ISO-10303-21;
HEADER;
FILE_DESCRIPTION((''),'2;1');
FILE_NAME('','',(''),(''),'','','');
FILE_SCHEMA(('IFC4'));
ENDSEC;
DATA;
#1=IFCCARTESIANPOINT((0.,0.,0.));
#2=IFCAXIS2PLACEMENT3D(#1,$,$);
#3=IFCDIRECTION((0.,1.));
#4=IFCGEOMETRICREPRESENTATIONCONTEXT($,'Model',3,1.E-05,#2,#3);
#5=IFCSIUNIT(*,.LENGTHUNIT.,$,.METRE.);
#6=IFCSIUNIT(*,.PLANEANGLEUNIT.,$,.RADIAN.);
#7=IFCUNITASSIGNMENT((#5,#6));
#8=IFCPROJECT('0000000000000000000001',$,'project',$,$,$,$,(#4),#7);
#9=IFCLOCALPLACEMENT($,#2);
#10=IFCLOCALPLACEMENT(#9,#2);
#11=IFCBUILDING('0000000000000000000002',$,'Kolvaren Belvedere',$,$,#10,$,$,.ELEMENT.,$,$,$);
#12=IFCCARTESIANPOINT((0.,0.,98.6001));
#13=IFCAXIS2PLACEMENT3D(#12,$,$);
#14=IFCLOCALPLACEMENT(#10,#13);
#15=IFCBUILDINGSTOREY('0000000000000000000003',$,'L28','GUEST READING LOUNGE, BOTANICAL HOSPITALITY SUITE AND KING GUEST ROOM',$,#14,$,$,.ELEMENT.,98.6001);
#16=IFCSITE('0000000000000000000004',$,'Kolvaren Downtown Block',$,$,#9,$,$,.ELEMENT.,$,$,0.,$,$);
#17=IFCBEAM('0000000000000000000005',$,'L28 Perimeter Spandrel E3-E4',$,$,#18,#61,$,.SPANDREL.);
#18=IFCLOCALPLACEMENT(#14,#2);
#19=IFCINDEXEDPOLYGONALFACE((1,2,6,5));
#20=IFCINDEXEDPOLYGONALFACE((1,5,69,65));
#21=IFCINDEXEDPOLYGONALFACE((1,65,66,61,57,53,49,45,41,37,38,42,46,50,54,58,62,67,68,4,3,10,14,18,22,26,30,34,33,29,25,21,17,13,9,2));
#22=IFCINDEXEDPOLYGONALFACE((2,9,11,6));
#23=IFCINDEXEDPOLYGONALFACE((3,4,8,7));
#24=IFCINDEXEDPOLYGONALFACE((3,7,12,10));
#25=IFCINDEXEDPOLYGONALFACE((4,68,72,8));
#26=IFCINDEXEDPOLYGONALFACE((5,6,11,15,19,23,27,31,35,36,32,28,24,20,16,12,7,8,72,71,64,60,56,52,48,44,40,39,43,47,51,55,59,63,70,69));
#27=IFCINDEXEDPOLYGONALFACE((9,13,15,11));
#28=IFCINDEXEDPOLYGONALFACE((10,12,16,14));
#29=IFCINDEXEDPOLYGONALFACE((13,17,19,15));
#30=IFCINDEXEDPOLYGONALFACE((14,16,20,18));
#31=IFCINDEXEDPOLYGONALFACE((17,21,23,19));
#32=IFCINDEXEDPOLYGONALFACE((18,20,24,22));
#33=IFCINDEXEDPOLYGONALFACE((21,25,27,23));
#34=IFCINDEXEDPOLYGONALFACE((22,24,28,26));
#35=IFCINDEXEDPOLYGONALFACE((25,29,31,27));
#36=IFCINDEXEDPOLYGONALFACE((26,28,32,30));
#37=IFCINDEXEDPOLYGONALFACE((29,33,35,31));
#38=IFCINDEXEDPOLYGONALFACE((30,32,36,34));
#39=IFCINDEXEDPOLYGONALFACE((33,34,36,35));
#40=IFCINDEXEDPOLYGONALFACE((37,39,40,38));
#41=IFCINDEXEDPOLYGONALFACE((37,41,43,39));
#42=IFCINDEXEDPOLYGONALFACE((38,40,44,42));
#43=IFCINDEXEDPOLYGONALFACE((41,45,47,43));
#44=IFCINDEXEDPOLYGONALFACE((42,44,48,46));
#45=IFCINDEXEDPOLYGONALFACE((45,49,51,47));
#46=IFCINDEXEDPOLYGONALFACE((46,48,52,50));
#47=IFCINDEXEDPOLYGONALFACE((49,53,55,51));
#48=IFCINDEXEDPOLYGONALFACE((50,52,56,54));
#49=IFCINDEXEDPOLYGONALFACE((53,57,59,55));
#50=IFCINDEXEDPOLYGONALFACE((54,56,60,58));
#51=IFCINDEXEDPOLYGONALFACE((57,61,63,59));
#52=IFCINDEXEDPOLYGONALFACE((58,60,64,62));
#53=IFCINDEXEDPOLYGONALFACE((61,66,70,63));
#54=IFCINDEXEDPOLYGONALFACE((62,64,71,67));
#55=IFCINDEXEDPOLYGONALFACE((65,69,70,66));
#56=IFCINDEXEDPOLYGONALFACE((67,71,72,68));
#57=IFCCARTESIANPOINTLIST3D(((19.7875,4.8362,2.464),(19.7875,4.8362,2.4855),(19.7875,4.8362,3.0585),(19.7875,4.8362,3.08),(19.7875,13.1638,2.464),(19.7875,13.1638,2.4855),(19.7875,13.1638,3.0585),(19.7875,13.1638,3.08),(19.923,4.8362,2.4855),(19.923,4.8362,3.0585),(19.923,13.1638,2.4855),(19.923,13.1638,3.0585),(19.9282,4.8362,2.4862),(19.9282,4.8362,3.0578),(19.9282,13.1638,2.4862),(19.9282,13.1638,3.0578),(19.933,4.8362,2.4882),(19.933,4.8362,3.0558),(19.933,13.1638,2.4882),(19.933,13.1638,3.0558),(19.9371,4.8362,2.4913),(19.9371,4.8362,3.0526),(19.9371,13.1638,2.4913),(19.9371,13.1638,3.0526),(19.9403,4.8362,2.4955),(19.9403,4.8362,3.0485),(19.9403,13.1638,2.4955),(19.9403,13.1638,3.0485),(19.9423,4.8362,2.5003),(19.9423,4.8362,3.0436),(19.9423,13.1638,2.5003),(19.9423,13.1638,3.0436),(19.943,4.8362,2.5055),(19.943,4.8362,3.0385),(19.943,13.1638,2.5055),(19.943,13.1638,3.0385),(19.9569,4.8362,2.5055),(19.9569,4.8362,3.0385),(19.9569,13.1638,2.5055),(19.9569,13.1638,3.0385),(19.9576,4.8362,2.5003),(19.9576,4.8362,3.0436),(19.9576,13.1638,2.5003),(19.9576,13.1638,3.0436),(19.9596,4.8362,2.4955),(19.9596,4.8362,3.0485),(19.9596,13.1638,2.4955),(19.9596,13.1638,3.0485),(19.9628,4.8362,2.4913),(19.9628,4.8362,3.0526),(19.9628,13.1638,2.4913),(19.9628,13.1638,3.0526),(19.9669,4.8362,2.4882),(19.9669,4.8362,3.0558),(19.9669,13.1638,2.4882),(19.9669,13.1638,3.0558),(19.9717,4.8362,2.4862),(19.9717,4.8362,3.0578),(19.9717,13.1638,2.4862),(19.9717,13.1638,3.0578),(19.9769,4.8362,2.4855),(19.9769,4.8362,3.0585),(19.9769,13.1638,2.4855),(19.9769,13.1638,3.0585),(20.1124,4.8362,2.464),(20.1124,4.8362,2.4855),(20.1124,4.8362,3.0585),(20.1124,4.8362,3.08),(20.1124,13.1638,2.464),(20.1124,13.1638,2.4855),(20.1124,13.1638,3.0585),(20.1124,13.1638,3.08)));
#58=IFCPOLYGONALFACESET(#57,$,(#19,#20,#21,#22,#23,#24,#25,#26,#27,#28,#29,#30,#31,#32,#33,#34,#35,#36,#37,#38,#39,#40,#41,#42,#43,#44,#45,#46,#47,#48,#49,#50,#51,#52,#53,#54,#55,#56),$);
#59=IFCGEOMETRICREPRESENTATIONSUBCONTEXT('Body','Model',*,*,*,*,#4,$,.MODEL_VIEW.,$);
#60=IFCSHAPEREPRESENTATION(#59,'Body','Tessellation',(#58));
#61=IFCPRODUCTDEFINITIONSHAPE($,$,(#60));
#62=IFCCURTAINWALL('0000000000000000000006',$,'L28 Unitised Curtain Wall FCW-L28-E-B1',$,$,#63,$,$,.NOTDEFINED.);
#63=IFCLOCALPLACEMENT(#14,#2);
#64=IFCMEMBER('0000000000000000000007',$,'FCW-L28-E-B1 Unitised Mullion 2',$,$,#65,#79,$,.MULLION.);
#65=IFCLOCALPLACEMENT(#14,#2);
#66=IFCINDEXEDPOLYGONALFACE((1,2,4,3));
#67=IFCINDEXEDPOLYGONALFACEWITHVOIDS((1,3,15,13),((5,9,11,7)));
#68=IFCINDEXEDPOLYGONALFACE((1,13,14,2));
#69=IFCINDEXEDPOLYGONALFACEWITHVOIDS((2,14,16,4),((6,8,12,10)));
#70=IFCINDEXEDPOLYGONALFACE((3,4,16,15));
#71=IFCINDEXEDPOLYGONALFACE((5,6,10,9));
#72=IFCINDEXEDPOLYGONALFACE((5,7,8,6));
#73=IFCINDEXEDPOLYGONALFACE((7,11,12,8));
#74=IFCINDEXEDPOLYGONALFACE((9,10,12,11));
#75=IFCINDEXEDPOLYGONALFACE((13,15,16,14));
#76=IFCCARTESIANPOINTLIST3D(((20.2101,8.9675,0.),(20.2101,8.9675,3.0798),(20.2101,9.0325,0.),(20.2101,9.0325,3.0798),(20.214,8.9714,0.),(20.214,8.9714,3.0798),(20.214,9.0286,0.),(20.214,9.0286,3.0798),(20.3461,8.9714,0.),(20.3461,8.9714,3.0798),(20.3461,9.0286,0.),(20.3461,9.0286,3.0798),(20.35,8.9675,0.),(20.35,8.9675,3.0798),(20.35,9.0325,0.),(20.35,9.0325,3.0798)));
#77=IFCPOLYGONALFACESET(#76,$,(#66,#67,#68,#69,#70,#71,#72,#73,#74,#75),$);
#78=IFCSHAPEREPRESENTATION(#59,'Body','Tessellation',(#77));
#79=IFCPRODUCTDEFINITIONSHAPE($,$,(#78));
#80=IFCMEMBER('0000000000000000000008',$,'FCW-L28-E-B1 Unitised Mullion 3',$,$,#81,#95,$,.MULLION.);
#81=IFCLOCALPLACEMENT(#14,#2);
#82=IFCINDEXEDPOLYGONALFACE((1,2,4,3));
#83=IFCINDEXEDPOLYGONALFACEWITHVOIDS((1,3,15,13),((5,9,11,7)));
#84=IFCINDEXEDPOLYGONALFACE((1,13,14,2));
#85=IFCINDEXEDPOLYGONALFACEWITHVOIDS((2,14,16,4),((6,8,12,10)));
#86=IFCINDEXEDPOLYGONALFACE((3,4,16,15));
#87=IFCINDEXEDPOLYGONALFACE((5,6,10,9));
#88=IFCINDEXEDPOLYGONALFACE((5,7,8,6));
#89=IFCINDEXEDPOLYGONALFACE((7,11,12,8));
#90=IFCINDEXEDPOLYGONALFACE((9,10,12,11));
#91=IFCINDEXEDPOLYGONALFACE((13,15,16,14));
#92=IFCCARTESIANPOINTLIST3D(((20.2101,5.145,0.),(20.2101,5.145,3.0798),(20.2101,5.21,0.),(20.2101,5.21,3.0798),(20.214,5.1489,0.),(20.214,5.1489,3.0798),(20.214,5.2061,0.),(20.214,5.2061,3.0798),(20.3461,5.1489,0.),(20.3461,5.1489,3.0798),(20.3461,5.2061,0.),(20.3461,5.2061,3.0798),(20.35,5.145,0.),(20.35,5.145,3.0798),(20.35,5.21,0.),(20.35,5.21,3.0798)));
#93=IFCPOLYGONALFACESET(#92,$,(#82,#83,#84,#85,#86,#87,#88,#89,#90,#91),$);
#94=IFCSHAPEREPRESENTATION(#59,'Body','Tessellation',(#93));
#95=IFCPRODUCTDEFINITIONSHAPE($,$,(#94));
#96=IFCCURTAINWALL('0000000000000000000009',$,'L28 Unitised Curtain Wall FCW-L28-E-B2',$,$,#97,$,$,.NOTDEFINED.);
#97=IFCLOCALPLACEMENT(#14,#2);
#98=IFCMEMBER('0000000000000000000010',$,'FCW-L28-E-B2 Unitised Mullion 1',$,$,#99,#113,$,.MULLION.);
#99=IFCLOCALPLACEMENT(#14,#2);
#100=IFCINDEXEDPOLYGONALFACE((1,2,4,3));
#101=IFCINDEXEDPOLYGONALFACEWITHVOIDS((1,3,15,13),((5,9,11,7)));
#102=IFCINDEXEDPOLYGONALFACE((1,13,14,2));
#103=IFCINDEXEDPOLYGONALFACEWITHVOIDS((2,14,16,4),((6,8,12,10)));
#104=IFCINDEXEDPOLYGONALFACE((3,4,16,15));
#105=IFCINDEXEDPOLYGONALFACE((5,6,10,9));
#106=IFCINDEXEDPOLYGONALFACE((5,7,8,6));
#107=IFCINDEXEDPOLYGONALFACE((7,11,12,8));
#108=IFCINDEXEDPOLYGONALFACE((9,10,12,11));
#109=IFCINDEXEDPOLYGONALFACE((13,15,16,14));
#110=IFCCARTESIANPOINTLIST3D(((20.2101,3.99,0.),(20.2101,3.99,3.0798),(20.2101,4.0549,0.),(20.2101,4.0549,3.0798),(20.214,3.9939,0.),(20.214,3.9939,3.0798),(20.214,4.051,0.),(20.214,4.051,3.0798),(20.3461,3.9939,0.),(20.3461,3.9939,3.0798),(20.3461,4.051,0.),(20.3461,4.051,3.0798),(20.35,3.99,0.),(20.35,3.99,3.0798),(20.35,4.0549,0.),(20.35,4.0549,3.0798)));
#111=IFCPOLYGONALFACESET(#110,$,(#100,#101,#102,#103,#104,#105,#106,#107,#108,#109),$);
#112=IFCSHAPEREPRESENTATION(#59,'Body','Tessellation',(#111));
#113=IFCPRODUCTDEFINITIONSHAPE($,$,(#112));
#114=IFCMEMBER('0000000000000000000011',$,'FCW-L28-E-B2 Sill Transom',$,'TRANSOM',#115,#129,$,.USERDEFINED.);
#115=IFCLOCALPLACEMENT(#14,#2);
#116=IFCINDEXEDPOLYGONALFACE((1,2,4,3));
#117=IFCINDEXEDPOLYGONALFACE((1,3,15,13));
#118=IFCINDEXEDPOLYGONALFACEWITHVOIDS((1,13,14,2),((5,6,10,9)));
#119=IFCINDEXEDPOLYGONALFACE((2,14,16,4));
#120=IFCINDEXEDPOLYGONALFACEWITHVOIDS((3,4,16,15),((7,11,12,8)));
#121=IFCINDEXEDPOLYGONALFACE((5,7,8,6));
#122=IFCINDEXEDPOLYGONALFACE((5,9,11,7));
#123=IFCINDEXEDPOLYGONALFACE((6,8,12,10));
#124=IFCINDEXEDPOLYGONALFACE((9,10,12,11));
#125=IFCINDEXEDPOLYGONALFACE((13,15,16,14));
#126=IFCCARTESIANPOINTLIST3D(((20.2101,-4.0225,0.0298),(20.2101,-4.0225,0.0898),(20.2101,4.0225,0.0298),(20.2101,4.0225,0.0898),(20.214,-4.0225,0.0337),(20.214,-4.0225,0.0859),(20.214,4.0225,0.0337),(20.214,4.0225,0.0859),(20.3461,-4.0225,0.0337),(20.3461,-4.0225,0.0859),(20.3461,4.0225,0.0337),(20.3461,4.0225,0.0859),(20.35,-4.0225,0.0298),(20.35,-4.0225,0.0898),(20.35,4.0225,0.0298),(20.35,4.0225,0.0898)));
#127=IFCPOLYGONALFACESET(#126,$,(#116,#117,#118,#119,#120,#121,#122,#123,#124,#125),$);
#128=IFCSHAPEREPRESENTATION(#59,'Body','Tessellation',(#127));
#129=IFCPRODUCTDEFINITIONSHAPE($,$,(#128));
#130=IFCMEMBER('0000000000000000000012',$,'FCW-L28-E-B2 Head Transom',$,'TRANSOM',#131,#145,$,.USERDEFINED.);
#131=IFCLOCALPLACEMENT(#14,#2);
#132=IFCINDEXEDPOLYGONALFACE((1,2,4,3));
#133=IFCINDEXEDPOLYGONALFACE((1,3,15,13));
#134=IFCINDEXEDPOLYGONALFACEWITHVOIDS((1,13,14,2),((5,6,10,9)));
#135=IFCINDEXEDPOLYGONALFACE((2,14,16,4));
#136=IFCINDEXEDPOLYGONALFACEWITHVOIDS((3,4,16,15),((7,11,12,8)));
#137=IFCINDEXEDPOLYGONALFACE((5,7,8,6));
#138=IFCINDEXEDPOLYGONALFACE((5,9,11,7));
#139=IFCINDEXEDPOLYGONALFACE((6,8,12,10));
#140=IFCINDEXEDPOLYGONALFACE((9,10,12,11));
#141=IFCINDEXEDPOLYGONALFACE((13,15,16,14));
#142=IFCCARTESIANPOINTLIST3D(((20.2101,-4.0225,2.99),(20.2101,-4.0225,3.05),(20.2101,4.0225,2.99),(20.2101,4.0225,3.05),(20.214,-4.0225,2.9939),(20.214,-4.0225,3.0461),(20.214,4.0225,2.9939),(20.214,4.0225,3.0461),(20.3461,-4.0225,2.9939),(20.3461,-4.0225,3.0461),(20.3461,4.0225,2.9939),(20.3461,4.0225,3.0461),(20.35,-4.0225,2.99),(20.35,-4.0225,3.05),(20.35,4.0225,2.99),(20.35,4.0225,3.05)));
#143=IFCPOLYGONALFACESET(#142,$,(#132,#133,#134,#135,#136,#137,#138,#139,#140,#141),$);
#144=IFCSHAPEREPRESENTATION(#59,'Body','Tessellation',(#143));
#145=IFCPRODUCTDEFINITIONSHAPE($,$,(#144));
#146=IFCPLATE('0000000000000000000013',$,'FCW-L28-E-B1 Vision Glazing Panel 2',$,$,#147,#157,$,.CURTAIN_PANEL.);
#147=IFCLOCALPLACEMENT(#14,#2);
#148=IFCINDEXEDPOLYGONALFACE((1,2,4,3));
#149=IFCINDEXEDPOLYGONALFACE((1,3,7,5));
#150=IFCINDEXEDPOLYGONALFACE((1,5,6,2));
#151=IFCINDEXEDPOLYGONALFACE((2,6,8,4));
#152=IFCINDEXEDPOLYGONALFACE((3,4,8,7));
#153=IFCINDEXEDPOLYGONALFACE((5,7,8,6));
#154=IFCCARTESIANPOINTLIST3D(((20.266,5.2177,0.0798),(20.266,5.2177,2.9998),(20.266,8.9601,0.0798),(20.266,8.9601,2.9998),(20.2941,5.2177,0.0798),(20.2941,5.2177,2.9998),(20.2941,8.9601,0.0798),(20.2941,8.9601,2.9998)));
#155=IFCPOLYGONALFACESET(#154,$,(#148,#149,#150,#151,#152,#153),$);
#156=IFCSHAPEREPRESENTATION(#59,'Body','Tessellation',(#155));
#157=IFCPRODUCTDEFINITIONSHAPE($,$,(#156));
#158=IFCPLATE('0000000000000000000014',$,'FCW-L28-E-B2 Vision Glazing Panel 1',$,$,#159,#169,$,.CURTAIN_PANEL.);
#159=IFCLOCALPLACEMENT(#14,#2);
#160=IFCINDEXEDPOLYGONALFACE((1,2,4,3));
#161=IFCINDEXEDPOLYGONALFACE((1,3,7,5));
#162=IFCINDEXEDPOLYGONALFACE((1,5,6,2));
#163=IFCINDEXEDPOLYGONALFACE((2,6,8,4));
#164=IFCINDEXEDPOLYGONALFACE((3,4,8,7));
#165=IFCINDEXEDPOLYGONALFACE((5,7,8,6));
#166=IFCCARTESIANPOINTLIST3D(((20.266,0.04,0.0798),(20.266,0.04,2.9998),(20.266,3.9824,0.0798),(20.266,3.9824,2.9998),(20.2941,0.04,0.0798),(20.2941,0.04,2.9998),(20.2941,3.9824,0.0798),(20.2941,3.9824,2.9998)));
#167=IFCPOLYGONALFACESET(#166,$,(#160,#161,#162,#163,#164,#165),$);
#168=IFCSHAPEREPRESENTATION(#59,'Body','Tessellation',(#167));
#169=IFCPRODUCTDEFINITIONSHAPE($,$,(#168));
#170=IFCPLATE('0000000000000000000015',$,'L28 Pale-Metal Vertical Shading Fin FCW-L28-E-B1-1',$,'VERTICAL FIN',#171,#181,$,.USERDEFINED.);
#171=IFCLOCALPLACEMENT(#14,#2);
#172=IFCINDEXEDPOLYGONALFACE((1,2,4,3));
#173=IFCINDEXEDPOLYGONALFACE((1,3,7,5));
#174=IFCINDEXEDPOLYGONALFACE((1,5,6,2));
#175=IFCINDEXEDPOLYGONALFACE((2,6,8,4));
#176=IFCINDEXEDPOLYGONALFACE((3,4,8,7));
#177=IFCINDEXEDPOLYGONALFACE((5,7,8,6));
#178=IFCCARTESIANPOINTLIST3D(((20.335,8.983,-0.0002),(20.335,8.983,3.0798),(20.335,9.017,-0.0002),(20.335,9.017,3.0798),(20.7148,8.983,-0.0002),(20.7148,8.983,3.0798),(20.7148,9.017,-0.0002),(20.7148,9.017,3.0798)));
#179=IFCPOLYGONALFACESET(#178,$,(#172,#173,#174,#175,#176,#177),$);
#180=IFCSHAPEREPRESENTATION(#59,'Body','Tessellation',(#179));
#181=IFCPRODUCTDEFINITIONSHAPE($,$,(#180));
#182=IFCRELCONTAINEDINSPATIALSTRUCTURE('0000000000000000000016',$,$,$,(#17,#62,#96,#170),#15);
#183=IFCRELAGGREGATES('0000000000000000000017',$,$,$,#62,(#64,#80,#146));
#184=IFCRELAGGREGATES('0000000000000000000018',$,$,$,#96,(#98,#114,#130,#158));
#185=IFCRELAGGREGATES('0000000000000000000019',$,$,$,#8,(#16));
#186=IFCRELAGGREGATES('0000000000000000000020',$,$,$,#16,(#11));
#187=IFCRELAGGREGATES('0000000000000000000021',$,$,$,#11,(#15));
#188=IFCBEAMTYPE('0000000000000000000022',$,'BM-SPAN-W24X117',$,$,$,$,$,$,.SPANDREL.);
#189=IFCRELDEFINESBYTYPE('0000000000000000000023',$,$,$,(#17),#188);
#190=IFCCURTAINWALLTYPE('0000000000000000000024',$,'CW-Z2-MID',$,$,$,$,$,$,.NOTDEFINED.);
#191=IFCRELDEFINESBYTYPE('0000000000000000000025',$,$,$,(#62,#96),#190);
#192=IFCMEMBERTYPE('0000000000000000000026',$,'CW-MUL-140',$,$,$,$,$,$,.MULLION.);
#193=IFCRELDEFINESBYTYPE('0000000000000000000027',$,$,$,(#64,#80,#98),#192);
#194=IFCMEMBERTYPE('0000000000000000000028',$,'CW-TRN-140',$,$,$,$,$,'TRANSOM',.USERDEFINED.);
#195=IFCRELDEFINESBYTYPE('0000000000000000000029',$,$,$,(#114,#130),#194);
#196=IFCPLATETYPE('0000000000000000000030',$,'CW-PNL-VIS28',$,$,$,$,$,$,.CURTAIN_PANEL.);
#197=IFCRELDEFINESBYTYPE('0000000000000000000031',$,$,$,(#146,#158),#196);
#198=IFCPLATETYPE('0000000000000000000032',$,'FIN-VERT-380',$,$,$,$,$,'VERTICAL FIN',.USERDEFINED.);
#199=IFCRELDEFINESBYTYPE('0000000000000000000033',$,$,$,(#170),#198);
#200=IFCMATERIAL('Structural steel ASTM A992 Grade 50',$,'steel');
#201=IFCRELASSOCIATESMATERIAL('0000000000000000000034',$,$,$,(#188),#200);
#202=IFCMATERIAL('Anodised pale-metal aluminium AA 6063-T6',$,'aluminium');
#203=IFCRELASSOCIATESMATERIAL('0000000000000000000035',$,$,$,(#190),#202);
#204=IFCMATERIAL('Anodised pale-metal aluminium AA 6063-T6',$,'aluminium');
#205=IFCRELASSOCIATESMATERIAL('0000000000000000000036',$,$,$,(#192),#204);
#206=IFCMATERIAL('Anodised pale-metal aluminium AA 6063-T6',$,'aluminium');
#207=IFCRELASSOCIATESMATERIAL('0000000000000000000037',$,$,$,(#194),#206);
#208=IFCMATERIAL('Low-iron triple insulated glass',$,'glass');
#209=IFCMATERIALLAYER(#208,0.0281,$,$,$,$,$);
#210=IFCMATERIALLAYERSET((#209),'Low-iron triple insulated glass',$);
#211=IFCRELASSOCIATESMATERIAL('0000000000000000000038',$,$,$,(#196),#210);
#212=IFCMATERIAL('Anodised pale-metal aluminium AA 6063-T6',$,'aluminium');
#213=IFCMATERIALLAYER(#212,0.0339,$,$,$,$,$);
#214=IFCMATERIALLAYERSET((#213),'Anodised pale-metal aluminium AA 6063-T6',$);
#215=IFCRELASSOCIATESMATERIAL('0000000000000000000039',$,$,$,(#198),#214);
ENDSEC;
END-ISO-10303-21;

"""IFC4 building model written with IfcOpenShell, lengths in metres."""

from ifc_helpers import new_model, si_unit, direction, frame, origin, origin_2d, place, context, subcontext, project, spatial, rectangle, hollow_rectangle, i_section, extrude, material, layer, layer_set, material_profile, profile_set, type_object, element, aggregate, save


model = new_model("IFC4")

# Units and contexts
model_context = context("Model", 3, precision=1e-05, world=origin(), true_north=direction((0.0, 1.0)))
body_context = subcontext(model_context, "Body", "Model", "MODEL_VIEW")
ifc_project = project(units=[si_unit("LENGTHUNIT", "METRE"), si_unit("PLANEANGLEUNIT", "RADIAN")], contexts=[model_context])

# Site, building, storey
site_placement = place(None, origin())
site = spatial("IfcSite", under=ifc_project, at=site_placement, Name="Kolvaren Downtown Block", CompositionType="ELEMENT", RefElevation=0.0)
building_placement = place(site_placement, origin())
building = spatial("IfcBuilding", under=site, at=building_placement, Name="Kolvaren Belvedere", CompositionType="ELEMENT")
storey_placement = place(building_placement, frame((0.0, 0.0, 98.6001)))
storey = spatial("IfcBuildingStorey", under=building, at=storey_placement, Name="L28", Description="GUEST READING LOUNGE, BOTANICAL HOSPITALITY SUITE AND KING GUEST ROOM", CompositionType="ELEMENT", Elevation=98.6001)

# Beam
ifc_material_1 = material(Name="Structural steel ASTM A992 Grade 50", Category="steel")
ifc_material_profile_1 = material_profile(ifc_material_1, i_section(OverallWidth=0.325, OverallDepth=0.616, WebThickness=0.0139, FlangeThickness=0.0215, FilletRadius=0.02, at=origin_2d()), Name="W24X117")
ifc_profile_set_1 = profile_set([ifc_material_profile_1], Name="Structural steel ASTM A992 Grade 50")
beam_type_1 = type_object("IfcBeamType", Name="BM-SPAN-W24X117", PredefinedType="SPANDREL", material=ifc_profile_set_1)
beam_1_placement = place(storey_placement, frame((19.95, 4.8362, 2.772), z_axis=(0.0, 1.0, 0.0), x_axis=(-1.0, 0.0, 0.0)))
element("IfcBeam", 1, at=beam_1_placement, inside=storey, type_object=beam_type_1, Name="L28 Perimeter Spandrel E3-E4", PredefinedType="SPANDREL", context=body_context, shape_type="SweptSolid", body=[
    extrude(i_section(OverallWidth=0.325, OverallDepth=0.616, WebThickness=0.0139, FlangeThickness=0.0215, FilletRadius=0.02, at=origin_2d()), origin(), (0.0, 0.0, 1.0), 8.3276),
])

# Curtain walls, members
ifc_material_2 = material(Name="Anodised pale-metal aluminium AA 6063-T6", Category="aluminium")
curtain_wall_type = type_object("IfcCurtainWallType", Name="CW-Z2-MID", PredefinedType="NOTDEFINED", material=ifc_material_2)
curtain_wall_1_placement = place(storey_placement, origin())
curtain_wall_1 = element("IfcCurtainWall", 2, at=curtain_wall_1_placement, inside=storey, type_object=curtain_wall_type, Name="L28 Unitised Curtain Wall FCW-L28-E-B1", PredefinedType="NOTDEFINED")
ifc_material_3 = material(Name="Anodised pale-metal aluminium AA 6063-T6", Category="aluminium")
ifc_material_profile_2 = material_profile(ifc_material_3, hollow_rectangle(XDim=0.0649, YDim=0.1399, WallThickness=0.0039, at=origin_2d()), Name="ALU-MUL-140X65")
ifc_profile_set_2 = profile_set([ifc_material_profile_2], Name="Anodised pale-metal aluminium AA 6063-T6")
member_type_1 = type_object("IfcMemberType", Name="CW-MUL-140", PredefinedType="MULLION", material=ifc_profile_set_2)
member_1_placement = place(storey_placement, frame((20.28, 9.0, 0.0), z_axis=(0.0, 0.0, 1.0), x_axis=(0.0, 1.0, 0.0)))
member_1 = element("IfcMember", 3, at=member_1_placement, type_object=member_type_1, Name="FCW-L28-E-B1 Unitised Mullion 2", PredefinedType="MULLION", context=body_context, shape_type="SweptSolid", body=[
    extrude(hollow_rectangle(XDim=0.0649, YDim=0.1399, WallThickness=0.0039, at=origin_2d()), origin(), (0.0, 0.0, 1.0), 3.0798),
])
member_2_placement = place(storey_placement, frame((20.28, 5.1775, 0.0), z_axis=(0.0, 0.0, 1.0), x_axis=(0.0, 1.0, 0.0)))
member_2 = element("IfcMember", 4, at=member_2_placement, type_object=member_type_1, Name="FCW-L28-E-B1 Unitised Mullion 3", PredefinedType="MULLION", context=body_context, shape_type="SweptSolid", body=[
    extrude(hollow_rectangle(XDim=0.0649, YDim=0.1399, WallThickness=0.0039, at=origin_2d()), origin(), (0.0, 0.0, 1.0), 3.0798),
])
curtain_wall_2_placement = place(storey_placement, origin())
curtain_wall_2 = element("IfcCurtainWall", 5, at=curtain_wall_2_placement, inside=storey, type_object=curtain_wall_type, Name="L28 Unitised Curtain Wall FCW-L28-E-B2", PredefinedType="NOTDEFINED")
member_3_placement = place(storey_placement, frame((20.28, 4.0225, 0.0), z_axis=(0.0, 0.0, 1.0), x_axis=(0.0, 1.0, 0.0)))
member_3 = element("IfcMember", 6, at=member_3_placement, type_object=member_type_1, Name="FCW-L28-E-B2 Unitised Mullion 1", PredefinedType="MULLION", context=body_context, shape_type="SweptSolid", body=[
    extrude(hollow_rectangle(XDim=0.0649, YDim=0.1399, WallThickness=0.0039, at=origin_2d()), origin(), (0.0, 0.0, 1.0), 3.0798),
])
ifc_material_4 = material(Name="Anodised pale-metal aluminium AA 6063-T6", Category="aluminium")
ifc_material_profile_3 = material_profile(ifc_material_4, hollow_rectangle(XDim=0.0601, YDim=0.1399, WallThickness=0.0039, at=origin_2d()), Name="ALU-TRN-140X60")
ifc_profile_set_3 = profile_set([ifc_material_profile_3], Name="Anodised pale-metal aluminium AA 6063-T6")
member_type_2 = type_object("IfcMemberType", Name="CW-TRN-140", ElementType="TRANSOM", PredefinedType="USERDEFINED", material=ifc_profile_set_3)
member_4_placement = place(storey_placement, frame((20.28, 4.0225, 0.0598), z_axis=(0.0, -1.0, 0.0), x_axis=(0.0, 0.0, 1.0)))
member_4 = element("IfcMember", 7, at=member_4_placement, type_object=member_type_2, Name="FCW-L28-E-B2 Sill Transom", ObjectType="TRANSOM", PredefinedType="USERDEFINED", context=body_context, shape_type="SweptSolid", body=[
    extrude(hollow_rectangle(XDim=0.0601, YDim=0.1399, WallThickness=0.0039, at=origin_2d()), origin(), (0.0, 0.0, 1.0), 8.0449),
])
member_5_placement = place(storey_placement, frame((20.28, 4.0225, 3.02), z_axis=(0.0, -1.0, 0.0), x_axis=(0.0, 0.0, 1.0)))
member_5 = element("IfcMember", 8, at=member_5_placement, type_object=member_type_2, Name="FCW-L28-E-B2 Head Transom", ObjectType="TRANSOM", PredefinedType="USERDEFINED", context=body_context, shape_type="SweptSolid", body=[
    extrude(hollow_rectangle(XDim=0.0601, YDim=0.1399, WallThickness=0.0039, at=origin_2d()), origin(), (0.0, 0.0, 1.0), 8.0449),
])

# Plates
ifc_material_5 = material(Name="Low-iron triple insulated glass", Category="glass")
ifc_layer_1 = layer(ifc_material_5, 0.0281)
ifc_layer_set_1 = layer_set([ifc_layer_1], Name="Low-iron triple insulated glass")
plate_type_1 = type_object("IfcPlateType", Name="CW-PNL-VIS28", PredefinedType="CURTAIN_PANEL", material=ifc_layer_set_1)
plate_1_placement = place(storey_placement, frame((20.28, 7.0889, 0.0798), z_axis=(0.0, 0.0, 1.0), x_axis=(0.0, -1.0, 0.0)))
plate_1 = element("IfcPlate", 9, at=plate_1_placement, type_object=plate_type_1, Name="FCW-L28-E-B1 Vision Glazing Panel 2", PredefinedType="CURTAIN_PANEL", context=body_context, shape_type="SweptSolid", body=[
    extrude(rectangle(XDim=3.7424, YDim=0.0281, at=origin_2d()), origin(), (0.0, 0.0, 1.0), 2.9199),
])
aggregate(curtain_wall_1, [member_1, member_2, plate_1])
plate_2_placement = place(storey_placement, frame((20.28, 2.0112, 0.0798), z_axis=(0.0, 0.0, 1.0), x_axis=(0.0, -1.0, 0.0)))
plate_2 = element("IfcPlate", 10, at=plate_2_placement, type_object=plate_type_1, Name="FCW-L28-E-B2 Vision Glazing Panel 1", PredefinedType="CURTAIN_PANEL", context=body_context, shape_type="SweptSolid", body=[
    extrude(rectangle(XDim=3.9424, YDim=0.0281, at=origin_2d()), origin(), (0.0, 0.0, 1.0), 2.9199),
])
aggregate(curtain_wall_2, [member_3, member_4, member_5, plate_2])
ifc_material_6 = material(Name="Anodised pale-metal aluminium AA 6063-T6", Category="aluminium")
ifc_layer_2 = layer(ifc_material_6, 0.0339)
ifc_layer_set_2 = layer_set([ifc_layer_2], Name="Anodised pale-metal aluminium AA 6063-T6")
plate_type_2 = type_object("IfcPlateType", Name="FIN-VERT-380", ElementType="VERTICAL FIN", PredefinedType="USERDEFINED", material=ifc_layer_set_2)
plate_3_placement = place(storey_placement, frame((20.5249, 9.0, -0.0002), z_axis=(0.0, 0.0, 1.0), x_axis=(1.0, 0.0, 0.0)))
element("IfcPlate", 11, at=plate_3_placement, inside=storey, type_object=plate_type_2, Name="L28 Pale-Metal Vertical Shading Fin FCW-L28-E-B1-1", ObjectType="VERTICAL FIN", PredefinedType="USERDEFINED", context=body_context, shape_type="SweptSolid", body=[
    extrude(rectangle(XDim=0.3799, YDim=0.0339, at=origin_2d()), origin(), (0.0, 0.0, 1.0), 3.0801),
])

save(model, "model.ifc")
